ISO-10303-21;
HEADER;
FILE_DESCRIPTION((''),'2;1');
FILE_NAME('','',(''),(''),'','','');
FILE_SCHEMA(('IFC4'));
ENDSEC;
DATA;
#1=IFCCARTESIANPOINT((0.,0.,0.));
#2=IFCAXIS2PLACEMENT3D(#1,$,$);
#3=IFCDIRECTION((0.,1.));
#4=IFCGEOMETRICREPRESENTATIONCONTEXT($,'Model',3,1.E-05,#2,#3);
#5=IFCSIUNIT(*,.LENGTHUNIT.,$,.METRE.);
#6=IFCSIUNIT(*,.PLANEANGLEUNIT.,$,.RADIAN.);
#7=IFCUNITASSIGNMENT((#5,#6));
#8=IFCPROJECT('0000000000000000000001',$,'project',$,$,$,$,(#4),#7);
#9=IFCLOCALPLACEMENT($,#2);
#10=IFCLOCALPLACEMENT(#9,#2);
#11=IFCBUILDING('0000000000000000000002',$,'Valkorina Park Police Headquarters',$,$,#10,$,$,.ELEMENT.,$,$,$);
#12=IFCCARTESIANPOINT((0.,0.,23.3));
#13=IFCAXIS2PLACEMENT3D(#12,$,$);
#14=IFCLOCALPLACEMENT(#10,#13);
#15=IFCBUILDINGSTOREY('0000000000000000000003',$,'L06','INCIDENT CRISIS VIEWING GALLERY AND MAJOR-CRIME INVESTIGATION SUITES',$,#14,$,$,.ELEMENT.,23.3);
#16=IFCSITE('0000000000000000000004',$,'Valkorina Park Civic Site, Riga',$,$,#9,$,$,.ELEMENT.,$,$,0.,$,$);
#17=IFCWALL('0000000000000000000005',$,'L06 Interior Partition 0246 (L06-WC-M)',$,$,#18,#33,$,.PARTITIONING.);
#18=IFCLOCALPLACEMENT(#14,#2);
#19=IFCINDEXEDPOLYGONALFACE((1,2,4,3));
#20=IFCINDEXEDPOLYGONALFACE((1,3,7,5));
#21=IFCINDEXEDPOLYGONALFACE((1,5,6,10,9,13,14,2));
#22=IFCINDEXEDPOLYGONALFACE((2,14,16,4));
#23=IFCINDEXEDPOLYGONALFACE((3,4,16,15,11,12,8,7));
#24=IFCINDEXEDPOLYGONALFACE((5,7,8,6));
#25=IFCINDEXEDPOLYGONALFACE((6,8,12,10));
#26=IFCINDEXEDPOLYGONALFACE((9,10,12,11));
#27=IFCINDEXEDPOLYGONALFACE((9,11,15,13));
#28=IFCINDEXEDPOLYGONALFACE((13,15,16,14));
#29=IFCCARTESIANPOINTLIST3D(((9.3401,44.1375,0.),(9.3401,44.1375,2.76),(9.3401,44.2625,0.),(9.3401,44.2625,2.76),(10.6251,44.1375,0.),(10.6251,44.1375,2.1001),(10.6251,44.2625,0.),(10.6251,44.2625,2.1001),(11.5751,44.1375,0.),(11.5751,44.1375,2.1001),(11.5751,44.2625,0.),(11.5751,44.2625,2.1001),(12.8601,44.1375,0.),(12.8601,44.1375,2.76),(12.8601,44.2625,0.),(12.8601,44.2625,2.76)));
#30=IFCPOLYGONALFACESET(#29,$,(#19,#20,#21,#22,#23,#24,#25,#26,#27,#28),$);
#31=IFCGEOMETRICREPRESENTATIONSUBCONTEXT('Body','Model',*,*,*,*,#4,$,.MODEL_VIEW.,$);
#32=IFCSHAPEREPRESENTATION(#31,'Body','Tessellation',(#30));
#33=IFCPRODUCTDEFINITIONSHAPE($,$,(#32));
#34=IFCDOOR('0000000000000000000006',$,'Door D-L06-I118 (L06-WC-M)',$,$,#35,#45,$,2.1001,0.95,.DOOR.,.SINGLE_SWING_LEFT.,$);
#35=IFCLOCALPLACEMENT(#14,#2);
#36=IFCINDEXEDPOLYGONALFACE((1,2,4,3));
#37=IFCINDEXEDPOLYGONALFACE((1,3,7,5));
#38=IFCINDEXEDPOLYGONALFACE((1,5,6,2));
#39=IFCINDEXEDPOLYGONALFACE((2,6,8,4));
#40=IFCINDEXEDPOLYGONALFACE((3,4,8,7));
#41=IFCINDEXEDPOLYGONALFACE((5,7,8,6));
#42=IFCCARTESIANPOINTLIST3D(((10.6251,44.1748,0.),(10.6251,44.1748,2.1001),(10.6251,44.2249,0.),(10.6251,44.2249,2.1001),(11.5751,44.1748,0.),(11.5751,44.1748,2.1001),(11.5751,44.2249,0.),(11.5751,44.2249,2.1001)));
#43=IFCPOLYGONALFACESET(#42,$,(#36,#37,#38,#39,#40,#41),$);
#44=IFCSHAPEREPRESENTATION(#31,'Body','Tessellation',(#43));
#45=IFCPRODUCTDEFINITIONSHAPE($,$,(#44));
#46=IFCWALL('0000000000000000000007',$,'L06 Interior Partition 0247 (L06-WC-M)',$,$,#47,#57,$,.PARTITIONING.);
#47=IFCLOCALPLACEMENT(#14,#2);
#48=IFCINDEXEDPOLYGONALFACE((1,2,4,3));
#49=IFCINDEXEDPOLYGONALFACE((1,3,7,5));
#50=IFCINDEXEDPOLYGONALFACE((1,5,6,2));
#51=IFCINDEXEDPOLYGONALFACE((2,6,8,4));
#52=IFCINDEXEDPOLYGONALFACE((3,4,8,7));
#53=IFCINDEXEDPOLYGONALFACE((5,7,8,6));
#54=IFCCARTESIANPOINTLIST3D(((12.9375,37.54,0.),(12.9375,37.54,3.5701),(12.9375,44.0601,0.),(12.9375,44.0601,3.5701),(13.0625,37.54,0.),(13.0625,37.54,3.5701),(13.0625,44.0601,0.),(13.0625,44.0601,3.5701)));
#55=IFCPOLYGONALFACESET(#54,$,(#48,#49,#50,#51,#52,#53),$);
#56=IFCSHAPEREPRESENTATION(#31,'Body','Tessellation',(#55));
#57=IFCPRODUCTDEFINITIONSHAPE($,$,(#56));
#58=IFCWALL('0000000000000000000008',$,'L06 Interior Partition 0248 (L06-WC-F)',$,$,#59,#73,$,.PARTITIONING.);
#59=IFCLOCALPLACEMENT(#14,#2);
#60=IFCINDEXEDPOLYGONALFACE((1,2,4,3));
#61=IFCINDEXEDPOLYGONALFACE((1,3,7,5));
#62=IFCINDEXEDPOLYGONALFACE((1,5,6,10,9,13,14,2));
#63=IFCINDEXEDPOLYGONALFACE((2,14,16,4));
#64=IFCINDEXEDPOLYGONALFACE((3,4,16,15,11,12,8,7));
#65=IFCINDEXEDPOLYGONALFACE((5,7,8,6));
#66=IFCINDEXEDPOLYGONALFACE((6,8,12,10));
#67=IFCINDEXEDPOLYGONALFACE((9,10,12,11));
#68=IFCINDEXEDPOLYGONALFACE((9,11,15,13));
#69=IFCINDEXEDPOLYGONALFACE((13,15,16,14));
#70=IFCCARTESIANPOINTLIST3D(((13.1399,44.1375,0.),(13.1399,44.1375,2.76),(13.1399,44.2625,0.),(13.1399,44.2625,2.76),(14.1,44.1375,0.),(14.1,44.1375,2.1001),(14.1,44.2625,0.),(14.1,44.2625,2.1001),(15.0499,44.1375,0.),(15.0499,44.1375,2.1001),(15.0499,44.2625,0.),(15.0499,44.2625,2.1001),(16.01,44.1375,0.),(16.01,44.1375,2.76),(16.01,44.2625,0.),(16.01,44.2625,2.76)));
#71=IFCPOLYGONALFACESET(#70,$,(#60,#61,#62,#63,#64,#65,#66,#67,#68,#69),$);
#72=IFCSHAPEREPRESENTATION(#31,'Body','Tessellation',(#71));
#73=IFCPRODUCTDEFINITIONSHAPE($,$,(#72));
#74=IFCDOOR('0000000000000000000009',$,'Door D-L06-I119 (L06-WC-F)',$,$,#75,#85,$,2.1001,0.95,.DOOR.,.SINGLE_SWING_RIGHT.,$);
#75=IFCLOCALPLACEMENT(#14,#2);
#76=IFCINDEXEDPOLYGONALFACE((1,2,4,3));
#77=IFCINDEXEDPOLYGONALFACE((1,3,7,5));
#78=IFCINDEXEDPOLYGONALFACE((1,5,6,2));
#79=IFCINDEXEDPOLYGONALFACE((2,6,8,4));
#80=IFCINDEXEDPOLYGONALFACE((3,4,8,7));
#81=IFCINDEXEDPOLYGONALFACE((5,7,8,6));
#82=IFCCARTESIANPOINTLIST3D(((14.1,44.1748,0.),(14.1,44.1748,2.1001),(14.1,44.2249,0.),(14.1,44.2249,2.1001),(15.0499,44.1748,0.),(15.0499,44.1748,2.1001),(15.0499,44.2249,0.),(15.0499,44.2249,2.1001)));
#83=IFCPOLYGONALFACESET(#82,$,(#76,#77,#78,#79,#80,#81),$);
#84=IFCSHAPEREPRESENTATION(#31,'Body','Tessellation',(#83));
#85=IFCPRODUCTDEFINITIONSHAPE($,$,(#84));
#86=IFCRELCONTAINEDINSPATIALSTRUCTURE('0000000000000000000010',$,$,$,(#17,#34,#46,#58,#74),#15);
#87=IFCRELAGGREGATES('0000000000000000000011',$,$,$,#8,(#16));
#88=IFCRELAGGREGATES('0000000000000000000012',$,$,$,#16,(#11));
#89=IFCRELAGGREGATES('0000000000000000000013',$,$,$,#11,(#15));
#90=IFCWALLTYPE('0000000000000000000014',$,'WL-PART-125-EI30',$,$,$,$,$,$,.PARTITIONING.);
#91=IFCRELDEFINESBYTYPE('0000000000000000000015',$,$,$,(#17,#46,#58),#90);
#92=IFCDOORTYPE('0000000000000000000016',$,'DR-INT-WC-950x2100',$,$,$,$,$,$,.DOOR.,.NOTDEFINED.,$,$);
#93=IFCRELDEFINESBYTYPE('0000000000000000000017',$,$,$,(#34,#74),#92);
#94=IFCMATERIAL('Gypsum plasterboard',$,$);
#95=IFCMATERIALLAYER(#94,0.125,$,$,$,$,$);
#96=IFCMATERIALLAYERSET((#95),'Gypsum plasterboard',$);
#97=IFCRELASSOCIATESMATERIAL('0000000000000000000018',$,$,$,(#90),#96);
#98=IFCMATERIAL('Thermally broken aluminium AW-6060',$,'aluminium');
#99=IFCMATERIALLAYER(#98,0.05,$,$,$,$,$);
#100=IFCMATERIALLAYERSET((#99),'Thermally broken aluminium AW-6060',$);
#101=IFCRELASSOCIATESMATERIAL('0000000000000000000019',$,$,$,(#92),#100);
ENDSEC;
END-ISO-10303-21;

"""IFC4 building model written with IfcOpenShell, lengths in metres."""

from ifc_helpers import new_model, si_unit, direction, frame, frame_2d, origin, place, context, subcontext, project, spatial, rectangle, extrude, material, layer, layer_set, type_object, element, fill, save


model = new_model("IFC4")

# Units and contexts
model_context = context("Model", 3, precision=1e-05, world=origin(), true_north=direction((0.0, 1.0)))
body_context = subcontext(model_context, "Body", "Model", "MODEL_VIEW")
ifc_project = project(units=[si_unit("LENGTHUNIT", "METRE"), si_unit("PLANEANGLEUNIT", "RADIAN")], contexts=[model_context])

# Site, building, storey
site_placement = place(None, origin())
site = spatial("IfcSite", under=ifc_project, at=site_placement, Name="Valkorina Park Civic Site, Riga", CompositionType="ELEMENT", RefElevation=0.0)
building_placement = place(site_placement, origin())
building = spatial("IfcBuilding", under=site, at=building_placement, Name="Valkorina Park Police Headquarters", CompositionType="ELEMENT")
storey_placement = place(building_placement, frame((0.0, 0.0, 23.3)))
storey = spatial("IfcBuildingStorey", under=building, at=storey_placement, Name="L06", Description="INCIDENT CRISIS VIEWING GALLERY AND MAJOR-CRIME INVESTIGATION SUITES", CompositionType="ELEMENT", Elevation=23.3)

# Shared definitions
ifc_material_1 = material(Name="Thermally broken aluminium AW-6060", Category="aluminium")

# Wall, opening, door
ifc_material_2 = material(Name="Gypsum plasterboard")
ifc_layer_1 = layer(ifc_material_2, 0.125)
ifc_layer_set_1 = layer_set([ifc_layer_1], Name="Gypsum plasterboard")
wall_type_1 = type_object("IfcWallType", Name="WL-PART-125-EI30", PredefinedType="PARTITIONING", material=ifc_layer_set_1)
wall_1_placement = place(storey_placement, frame((9.3401, 44.2, 0.0), z_axis=(0.0, 0.0, 1.0), x_axis=(1.0, 0.0, 0.0)))
wall_1 = element("IfcWall", 1, at=wall_1_placement, inside=storey, type_object=wall_type_1, Name="L06 Interior Partition 0246 (L06-WC-M)", PredefinedType="PARTITIONING", context=body_context, shape_type="SweptSolid", body=[
    extrude(rectangle(XDim=3.52, YDim=0.125, at=frame_2d((1.76, 0.0))), origin(), (0.0, 0.0, 1.0), 2.76),
])
opening_1_placement = place(wall_1_placement, frame((1.2849, 0.0, 0.0)))
opening_1 = element("IfcOpeningElement", 2, at=opening_1_placement, cuts=wall_1, PredefinedType="OPENING", context=body_context, shape_type="SweptSolid", body=[
    extrude(rectangle(XDim=0.95, YDim=2.1001, at=frame_2d((0.4751, 1.05))), frame((0.0, 0.0725, 0.0), z_axis=(0.0, -1.0, 0.0), x_axis=(1.0, 0.0, 0.0)), (0.0, 0.0, 1.0), 0.145),
])
ifc_layer_2 = layer(ifc_material_1, 0.05)
ifc_layer_set_2 = layer_set([ifc_layer_2], Name="Thermally broken aluminium AW-6060")
door_type_1 = type_object("IfcDoorType", Name="DR-INT-WC-950x2100", OperationType="NOTDEFINED", PredefinedType="DOOR", material=ifc_layer_set_2)
door_1_placement = place(opening_1_placement, origin())
door_1 = element("IfcDoor", 3, at=door_1_placement, inside=storey, type_object=door_type_1, Name="Door D-L06-I118 (L06-WC-M)", OperationType="SINGLE_SWING_LEFT", OverallHeight=2.1001, OverallWidth=0.95, PredefinedType="DOOR", context=body_context, shape_type="SweptSolid", body=[
    extrude(rectangle(XDim=0.95, YDim=2.1001, at=frame_2d((0.4751, 1.05))), frame((0.0, 0.0249, 0.0), z_axis=(0.0, -1.0, 0.0), x_axis=(1.0, 0.0, 0.0)), (0.0, 0.0, 1.0), 0.05),
])
fill(opening_1, door_1)

# Wall
wall_2_placement = place(storey_placement, frame((13.0, 37.54, 0.0), z_axis=(0.0, 0.0, 1.0), x_axis=(0.0, 1.0, 0.0)))
element("IfcWall", 4, at=wall_2_placement, inside=storey, type_object=wall_type_1, Name="L06 Interior Partition 0247 (L06-WC-M)", PredefinedType="PARTITIONING", context=body_context, shape_type="SweptSolid", body=[
    extrude(rectangle(XDim=6.52, YDim=0.125, at=frame_2d((3.26, 0.0))), origin(), (0.0, 0.0, 1.0), 3.5701),
])

# Wall, opening, door
wall_3_placement = place(storey_placement, frame((13.1399, 44.2, 0.0), z_axis=(0.0, 0.0, 1.0), x_axis=(1.0, 0.0, 0.0)))
wall_3 = element("IfcWall", 5, at=wall_3_placement, inside=storey, type_object=wall_type_1, Name="L06 Interior Partition 0248 (L06-WC-F)", PredefinedType="PARTITIONING", context=body_context, shape_type="SweptSolid", body=[
    extrude(rectangle(XDim=2.8701, YDim=0.125, at=frame_2d((1.4351, 0.0))), origin(), (0.0, 0.0, 1.0), 2.76),
])
opening_2_placement = place(wall_3_placement, frame((0.96, 0.0, 0.0)))
opening_2 = element("IfcOpeningElement", 6, at=opening_2_placement, cuts=wall_3, PredefinedType="OPENING", context=body_context, shape_type="SweptSolid", body=[
    extrude(rectangle(XDim=0.95, YDim=2.1001, at=frame_2d((0.4751, 1.05))), frame((0.0, 0.0725, 0.0), z_axis=(0.0, -1.0, 0.0), x_axis=(1.0, 0.0, 0.0)), (0.0, 0.0, 1.0), 0.145),
])
door_2_placement = place(opening_2_placement, origin())
door_2 = element("IfcDoor", 7, at=door_2_placement, inside=storey, type_object=door_type_1, Name="Door D-L06-I119 (L06-WC-F)", OperationType="SINGLE_SWING_RIGHT", OverallHeight=2.1001, OverallWidth=0.95, PredefinedType="DOOR", context=body_context, shape_type="SweptSolid", body=[
    extrude(rectangle(XDim=0.95, YDim=2.1001, at=frame_2d((0.4751, 1.05))), frame((0.0, 0.0249, 0.0), z_axis=(0.0, -1.0, 0.0), x_axis=(1.0, 0.0, 0.0)), (0.0, 0.0, 1.0), 0.05),
])
fill(opening_2, door_2)

save(model, "model.ifc")
